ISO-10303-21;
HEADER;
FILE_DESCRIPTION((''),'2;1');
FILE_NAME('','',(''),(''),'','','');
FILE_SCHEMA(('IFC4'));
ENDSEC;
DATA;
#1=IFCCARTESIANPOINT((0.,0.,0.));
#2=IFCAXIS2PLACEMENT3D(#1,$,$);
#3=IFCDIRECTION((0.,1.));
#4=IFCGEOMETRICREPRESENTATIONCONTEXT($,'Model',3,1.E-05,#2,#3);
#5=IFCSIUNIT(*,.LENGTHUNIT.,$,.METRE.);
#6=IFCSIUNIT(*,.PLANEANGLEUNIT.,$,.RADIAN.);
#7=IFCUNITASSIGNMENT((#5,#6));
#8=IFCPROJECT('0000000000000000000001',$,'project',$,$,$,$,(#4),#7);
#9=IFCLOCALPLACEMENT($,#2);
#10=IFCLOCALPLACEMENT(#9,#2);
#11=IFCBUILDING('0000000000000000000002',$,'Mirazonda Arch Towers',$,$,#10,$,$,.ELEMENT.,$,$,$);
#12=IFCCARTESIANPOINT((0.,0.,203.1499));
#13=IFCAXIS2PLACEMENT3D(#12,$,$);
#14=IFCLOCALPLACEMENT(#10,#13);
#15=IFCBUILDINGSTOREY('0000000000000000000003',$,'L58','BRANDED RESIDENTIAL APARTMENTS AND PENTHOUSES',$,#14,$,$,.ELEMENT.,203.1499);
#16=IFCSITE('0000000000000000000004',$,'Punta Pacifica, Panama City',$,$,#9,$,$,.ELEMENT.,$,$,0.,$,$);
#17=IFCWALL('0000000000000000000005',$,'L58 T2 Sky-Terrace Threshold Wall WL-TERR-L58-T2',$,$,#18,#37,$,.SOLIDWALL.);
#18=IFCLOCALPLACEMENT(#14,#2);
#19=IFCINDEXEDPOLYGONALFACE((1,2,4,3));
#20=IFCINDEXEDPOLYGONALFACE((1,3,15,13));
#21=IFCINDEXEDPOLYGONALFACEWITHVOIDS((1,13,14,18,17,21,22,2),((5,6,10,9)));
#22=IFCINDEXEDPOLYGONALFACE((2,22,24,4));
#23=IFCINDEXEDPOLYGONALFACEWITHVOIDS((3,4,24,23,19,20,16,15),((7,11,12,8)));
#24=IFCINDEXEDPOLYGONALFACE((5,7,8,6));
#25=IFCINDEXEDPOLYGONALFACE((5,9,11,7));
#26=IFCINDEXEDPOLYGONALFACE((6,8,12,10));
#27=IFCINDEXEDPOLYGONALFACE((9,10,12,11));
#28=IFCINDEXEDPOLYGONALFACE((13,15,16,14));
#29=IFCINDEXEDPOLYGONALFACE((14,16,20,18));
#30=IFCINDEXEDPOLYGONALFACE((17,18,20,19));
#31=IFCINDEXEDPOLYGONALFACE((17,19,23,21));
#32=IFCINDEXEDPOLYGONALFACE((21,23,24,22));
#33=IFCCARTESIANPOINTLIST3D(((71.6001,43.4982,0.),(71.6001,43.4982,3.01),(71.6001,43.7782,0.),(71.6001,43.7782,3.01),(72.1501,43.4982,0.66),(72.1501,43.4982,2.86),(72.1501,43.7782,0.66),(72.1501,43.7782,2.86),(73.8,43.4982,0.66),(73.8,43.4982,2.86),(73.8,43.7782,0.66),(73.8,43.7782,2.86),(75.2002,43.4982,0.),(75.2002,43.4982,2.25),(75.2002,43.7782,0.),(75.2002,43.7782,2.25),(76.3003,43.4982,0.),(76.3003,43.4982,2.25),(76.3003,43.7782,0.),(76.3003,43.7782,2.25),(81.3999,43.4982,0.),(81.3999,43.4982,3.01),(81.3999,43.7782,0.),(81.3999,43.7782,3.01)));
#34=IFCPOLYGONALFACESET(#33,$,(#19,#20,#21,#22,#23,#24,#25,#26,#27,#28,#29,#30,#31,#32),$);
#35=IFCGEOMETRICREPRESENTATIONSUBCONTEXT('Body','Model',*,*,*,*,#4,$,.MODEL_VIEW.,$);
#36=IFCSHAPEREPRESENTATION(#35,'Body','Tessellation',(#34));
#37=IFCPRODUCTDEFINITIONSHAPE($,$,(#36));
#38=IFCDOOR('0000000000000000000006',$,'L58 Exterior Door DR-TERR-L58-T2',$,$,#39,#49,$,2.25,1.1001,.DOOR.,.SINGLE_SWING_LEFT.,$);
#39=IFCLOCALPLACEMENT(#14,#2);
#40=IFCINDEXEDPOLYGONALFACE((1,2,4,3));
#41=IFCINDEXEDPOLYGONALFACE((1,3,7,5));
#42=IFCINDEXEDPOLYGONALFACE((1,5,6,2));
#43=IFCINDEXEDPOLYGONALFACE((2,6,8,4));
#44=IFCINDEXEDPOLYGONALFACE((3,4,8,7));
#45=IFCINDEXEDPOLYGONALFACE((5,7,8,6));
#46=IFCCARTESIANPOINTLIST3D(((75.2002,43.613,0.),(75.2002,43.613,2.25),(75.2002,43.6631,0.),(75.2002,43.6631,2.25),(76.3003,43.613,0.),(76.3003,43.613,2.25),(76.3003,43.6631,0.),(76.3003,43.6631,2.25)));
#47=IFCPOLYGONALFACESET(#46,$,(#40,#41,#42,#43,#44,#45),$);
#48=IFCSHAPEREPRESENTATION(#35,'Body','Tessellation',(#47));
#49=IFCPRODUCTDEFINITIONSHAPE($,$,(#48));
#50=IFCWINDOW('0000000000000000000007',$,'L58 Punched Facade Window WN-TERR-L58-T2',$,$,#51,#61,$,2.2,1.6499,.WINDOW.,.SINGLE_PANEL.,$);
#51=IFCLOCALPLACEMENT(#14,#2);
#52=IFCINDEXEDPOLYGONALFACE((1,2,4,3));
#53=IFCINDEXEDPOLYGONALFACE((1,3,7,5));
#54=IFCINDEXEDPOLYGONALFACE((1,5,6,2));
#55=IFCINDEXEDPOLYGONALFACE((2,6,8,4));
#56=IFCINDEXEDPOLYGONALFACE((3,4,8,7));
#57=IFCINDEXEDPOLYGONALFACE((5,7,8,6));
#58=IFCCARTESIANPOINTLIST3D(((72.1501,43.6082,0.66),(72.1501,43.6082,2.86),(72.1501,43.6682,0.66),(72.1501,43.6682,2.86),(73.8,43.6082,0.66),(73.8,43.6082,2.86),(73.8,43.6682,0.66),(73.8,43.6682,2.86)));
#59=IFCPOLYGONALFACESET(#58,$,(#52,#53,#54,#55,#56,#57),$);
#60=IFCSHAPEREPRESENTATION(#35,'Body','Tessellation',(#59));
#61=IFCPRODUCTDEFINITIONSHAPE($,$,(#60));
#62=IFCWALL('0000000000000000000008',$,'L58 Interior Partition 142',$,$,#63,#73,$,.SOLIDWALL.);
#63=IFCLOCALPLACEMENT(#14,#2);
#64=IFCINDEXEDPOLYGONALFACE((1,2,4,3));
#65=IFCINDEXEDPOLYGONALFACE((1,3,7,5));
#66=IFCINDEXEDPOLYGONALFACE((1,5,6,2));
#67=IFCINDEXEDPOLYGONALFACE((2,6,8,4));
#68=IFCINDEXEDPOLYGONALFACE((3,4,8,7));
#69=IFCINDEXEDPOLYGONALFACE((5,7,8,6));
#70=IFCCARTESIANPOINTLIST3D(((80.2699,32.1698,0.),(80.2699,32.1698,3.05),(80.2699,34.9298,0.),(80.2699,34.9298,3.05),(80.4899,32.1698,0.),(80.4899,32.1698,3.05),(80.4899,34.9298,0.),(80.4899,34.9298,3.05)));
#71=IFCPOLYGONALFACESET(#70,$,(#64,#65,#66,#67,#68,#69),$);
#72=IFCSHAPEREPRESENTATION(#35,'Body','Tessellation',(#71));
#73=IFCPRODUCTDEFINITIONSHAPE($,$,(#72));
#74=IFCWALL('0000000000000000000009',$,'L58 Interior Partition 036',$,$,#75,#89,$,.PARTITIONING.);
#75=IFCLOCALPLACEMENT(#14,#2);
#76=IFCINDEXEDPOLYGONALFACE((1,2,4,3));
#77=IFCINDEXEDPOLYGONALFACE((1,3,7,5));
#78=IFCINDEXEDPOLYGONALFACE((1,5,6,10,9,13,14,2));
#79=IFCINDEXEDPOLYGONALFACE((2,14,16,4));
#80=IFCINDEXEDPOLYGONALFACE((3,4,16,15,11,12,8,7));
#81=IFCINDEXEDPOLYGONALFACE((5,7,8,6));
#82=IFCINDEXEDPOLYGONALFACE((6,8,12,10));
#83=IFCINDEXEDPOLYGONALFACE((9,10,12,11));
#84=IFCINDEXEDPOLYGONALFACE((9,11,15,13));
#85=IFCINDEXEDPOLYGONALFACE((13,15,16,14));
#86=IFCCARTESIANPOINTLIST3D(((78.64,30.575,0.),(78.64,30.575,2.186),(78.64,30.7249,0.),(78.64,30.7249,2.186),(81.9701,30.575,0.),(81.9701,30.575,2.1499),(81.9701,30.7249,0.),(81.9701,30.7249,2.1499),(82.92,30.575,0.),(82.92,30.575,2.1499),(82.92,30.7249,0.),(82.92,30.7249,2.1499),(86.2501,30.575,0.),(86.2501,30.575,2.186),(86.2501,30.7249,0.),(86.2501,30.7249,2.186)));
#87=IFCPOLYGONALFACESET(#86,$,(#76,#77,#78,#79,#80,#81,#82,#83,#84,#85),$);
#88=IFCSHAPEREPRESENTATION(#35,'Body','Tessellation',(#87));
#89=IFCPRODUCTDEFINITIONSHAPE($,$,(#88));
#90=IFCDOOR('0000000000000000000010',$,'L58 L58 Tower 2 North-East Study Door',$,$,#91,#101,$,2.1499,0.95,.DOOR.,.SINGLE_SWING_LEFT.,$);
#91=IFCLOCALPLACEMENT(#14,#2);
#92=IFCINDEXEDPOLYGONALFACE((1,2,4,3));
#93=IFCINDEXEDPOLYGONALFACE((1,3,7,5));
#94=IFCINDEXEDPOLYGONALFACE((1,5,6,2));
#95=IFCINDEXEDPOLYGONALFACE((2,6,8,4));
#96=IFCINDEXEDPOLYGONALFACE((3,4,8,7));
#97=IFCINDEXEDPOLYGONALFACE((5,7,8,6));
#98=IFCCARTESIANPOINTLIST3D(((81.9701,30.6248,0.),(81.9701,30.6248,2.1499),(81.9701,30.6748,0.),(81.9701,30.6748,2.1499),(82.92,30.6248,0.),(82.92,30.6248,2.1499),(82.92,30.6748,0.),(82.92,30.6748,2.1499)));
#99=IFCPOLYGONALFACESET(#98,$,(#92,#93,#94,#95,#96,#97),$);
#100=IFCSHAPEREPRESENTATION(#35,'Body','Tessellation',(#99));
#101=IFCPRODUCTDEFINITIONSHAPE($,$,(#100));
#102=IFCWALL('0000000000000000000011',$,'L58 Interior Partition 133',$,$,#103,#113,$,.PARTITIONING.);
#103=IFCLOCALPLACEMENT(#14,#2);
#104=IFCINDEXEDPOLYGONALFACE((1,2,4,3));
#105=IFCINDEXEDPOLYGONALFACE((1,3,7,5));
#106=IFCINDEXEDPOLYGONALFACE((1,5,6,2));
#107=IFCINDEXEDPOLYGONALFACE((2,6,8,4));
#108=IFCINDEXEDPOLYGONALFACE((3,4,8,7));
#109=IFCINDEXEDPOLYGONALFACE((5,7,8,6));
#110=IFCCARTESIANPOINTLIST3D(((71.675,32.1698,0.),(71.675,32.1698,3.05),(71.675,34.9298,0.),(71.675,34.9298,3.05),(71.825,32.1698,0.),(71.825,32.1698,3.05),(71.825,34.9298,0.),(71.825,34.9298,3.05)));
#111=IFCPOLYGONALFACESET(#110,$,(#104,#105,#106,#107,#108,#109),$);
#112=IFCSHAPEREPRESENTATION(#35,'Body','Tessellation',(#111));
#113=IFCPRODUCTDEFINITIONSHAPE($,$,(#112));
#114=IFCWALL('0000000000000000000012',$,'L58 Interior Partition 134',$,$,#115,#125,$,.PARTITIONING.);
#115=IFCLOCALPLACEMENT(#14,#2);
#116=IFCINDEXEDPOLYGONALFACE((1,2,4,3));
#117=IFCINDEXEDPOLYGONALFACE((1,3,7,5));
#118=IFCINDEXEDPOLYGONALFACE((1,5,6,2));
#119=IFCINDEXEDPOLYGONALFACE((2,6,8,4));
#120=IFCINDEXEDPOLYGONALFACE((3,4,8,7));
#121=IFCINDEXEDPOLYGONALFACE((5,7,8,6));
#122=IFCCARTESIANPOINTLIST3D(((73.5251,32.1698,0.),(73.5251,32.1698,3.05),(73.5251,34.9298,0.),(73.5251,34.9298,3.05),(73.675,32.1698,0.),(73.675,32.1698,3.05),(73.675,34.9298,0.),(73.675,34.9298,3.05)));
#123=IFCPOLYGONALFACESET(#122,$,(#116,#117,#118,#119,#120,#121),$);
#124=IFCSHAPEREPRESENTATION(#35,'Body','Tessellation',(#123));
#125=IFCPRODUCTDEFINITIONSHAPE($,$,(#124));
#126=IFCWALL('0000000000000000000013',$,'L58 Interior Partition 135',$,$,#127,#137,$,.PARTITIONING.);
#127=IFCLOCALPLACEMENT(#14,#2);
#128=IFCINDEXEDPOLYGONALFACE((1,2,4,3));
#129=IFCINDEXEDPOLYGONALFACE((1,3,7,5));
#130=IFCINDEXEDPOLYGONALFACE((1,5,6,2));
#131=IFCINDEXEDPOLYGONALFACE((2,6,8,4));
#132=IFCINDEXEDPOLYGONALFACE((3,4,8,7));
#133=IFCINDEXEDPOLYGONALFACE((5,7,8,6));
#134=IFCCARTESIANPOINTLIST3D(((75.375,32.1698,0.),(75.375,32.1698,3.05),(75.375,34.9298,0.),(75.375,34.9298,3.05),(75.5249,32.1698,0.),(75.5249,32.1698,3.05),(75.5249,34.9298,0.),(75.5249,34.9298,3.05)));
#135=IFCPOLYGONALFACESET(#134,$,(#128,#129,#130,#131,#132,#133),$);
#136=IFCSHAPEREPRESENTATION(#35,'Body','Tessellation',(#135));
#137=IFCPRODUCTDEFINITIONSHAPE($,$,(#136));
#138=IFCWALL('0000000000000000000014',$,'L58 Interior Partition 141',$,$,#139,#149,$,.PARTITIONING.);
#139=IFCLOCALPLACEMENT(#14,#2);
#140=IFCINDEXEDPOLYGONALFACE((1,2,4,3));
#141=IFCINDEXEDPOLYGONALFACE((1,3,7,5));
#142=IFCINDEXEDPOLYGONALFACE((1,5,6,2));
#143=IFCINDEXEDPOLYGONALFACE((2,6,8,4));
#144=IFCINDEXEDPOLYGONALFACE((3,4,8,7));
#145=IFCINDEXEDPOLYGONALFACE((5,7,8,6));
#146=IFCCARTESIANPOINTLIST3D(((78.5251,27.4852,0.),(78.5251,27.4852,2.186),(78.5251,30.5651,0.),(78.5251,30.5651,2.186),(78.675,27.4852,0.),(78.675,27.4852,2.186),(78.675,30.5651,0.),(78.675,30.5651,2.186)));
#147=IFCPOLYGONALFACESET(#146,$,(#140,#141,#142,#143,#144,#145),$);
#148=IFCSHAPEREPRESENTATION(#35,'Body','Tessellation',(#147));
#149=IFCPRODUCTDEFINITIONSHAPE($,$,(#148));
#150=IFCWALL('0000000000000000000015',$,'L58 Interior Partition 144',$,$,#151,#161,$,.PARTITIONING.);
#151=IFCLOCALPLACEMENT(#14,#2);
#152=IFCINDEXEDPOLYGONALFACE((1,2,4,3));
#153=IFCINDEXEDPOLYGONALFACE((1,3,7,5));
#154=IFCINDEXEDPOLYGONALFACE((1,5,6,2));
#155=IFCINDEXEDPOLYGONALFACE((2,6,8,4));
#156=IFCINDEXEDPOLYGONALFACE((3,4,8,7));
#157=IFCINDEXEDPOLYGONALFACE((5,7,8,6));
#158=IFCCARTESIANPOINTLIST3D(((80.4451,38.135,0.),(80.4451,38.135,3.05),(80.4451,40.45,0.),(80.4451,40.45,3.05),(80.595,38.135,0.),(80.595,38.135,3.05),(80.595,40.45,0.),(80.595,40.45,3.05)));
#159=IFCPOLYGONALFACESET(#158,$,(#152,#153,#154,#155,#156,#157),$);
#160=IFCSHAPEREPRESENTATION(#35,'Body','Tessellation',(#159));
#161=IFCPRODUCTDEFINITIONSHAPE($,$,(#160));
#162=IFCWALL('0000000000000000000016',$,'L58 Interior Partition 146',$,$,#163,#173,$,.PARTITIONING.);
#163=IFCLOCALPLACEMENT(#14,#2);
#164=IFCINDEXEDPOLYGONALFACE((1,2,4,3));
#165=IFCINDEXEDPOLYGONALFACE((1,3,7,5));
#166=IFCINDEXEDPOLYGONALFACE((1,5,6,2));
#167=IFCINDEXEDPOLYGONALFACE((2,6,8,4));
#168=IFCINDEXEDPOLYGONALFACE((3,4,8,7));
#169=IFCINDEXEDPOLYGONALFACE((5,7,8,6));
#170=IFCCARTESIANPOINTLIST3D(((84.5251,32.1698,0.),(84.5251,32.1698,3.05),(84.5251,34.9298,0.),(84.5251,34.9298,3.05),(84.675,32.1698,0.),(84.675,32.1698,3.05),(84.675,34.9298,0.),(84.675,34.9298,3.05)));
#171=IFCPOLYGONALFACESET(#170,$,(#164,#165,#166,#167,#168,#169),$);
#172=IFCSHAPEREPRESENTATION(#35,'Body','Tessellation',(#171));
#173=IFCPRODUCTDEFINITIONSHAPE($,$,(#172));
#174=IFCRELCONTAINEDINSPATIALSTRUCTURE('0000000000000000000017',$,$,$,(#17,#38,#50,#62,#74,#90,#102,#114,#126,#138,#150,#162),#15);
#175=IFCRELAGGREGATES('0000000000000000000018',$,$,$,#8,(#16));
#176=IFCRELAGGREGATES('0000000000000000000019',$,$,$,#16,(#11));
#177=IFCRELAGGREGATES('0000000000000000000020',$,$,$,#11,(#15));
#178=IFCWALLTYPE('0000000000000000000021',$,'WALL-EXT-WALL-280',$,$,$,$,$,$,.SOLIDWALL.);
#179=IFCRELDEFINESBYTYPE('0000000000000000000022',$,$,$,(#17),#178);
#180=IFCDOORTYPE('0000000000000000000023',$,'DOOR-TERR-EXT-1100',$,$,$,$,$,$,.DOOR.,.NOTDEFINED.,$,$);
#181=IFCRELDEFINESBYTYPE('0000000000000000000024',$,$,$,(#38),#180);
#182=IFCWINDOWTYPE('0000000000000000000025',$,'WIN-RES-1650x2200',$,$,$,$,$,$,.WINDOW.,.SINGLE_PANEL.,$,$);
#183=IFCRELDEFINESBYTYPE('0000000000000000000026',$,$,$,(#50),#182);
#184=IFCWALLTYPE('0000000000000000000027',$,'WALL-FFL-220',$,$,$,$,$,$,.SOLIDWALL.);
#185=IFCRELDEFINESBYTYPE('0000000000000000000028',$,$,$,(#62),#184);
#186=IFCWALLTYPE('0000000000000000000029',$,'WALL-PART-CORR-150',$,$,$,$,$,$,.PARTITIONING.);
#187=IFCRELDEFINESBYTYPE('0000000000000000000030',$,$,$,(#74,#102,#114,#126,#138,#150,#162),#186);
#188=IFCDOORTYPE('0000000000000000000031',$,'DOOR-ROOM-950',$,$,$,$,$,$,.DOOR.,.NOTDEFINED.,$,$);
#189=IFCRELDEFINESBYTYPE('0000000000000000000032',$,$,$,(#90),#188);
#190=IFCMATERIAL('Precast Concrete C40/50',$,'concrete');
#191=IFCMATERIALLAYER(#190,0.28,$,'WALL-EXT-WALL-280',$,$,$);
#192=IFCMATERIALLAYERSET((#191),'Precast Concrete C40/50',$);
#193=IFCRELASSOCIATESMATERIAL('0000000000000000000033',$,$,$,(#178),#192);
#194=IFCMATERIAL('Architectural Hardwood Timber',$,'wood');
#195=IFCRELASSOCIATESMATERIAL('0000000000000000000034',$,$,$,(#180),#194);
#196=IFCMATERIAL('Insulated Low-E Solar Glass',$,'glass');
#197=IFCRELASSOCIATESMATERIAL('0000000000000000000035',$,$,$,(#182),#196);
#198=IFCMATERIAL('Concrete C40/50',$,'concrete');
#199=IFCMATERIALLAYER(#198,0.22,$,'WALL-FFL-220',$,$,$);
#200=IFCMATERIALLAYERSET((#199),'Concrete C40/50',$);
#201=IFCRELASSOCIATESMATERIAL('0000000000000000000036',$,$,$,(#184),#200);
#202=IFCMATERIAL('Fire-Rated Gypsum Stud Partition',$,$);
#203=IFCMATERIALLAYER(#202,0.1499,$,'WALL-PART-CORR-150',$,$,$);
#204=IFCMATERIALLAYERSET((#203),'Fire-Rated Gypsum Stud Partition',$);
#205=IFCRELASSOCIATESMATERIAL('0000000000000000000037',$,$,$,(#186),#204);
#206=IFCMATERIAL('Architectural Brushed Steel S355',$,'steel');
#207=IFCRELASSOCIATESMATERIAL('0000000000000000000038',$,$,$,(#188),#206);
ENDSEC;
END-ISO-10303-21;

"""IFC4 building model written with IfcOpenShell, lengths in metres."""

from ifc_helpers import new_model, si_unit, direction, frame, frame_2d, origin, place, context, subcontext, project, spatial, rectangle, extrude, material, layer, layer_set, type_object, element, fill, save


model = new_model("IFC4")

# Units and contexts
model_context = context("Model", 3, precision=1e-05, world=origin(), true_north=direction((0.0, 1.0)))
body_context = subcontext(model_context, "Body", "Model", "MODEL_VIEW")
ifc_project = project(units=[si_unit("LENGTHUNIT", "METRE"), si_unit("PLANEANGLEUNIT", "RADIAN")], contexts=[model_context])

# Site, building, storey
site_placement = place(None, origin())
site = spatial("IfcSite", under=ifc_project, at=site_placement, Name="Punta Pacifica, Panama City", CompositionType="ELEMENT", RefElevation=0.0)
building_placement = place(site_placement, origin())
building = spatial("IfcBuilding", under=site, at=building_placement, Name="Mirazonda Arch Towers", CompositionType="ELEMENT")
storey_placement = place(building_placement, frame((0.0, 0.0, 203.1499)))
storey = spatial("IfcBuildingStorey", under=building, at=storey_placement, Name="L58", Description="BRANDED RESIDENTIAL APARTMENTS AND PENTHOUSES", CompositionType="ELEMENT", Elevation=203.1499)

# Wall, openings, door, window
ifc_material_1 = material(Name="Precast Concrete C40/50", Category="concrete")
ifc_layer_1 = layer(ifc_material_1, 0.28, Name="WALL-EXT-WALL-280")
ifc_layer_set_1 = layer_set([ifc_layer_1], Name="Precast Concrete C40/50")
wall_type_1 = type_object("IfcWallType", Name="WALL-EXT-WALL-280", PredefinedType="SOLIDWALL", material=ifc_layer_set_1)
wall_1_placement = place(storey_placement, frame((71.6001, 43.6382, 0.0), z_axis=(0.0, 0.0, 1.0), x_axis=(1.0, 0.0, 0.0)))
wall_1 = element("IfcWall", 1, at=wall_1_placement, inside=storey, type_object=wall_type_1, Name="L58 T2 Sky-Terrace Threshold Wall WL-TERR-L58-T2", PredefinedType="SOLIDWALL", context=body_context, shape_type="SweptSolid", body=[
    extrude(rectangle(XDim=9.7998, YDim=0.28, at=frame_2d((4.8999, 0.0))), origin(), (0.0, 0.0, 1.0), 3.01),
])
opening_1_placement = place(wall_1_placement, frame((0.55, 0.0, 0.6599)))
opening_1 = element("IfcOpeningElement", 2, at=opening_1_placement, cuts=wall_1, PredefinedType="OPENING", context=body_context, shape_type="SweptSolid", body=[
    extrude(rectangle(XDim=1.6499, YDim=2.2, at=frame_2d((0.825, 1.1001))), frame((0.0, 0.1499, 0.0), z_axis=(0.0, -1.0, 0.0), x_axis=(1.0, 0.0, 0.0)), (0.0, 0.0, 1.0), 0.3),
])
opening_2_placement = place(wall_1_placement, frame((3.6001, 0.0, 0.0)))
opening_2 = element("IfcOpeningElement", 3, at=opening_2_placement, cuts=wall_1, PredefinedType="OPENING", context=body_context, shape_type="SweptSolid", body=[
    extrude(rectangle(XDim=1.1001, YDim=2.25, at=frame_2d((0.55, 1.125))), frame((0.0, 0.1499, 0.0), z_axis=(0.0, -1.0, 0.0), x_axis=(1.0, 0.0, 0.0)), (0.0, 0.0, 1.0), 0.3),
])
ifc_material_2 = material(Name="Architectural Hardwood Timber", Category="wood")
door_type_1 = type_object("IfcDoorType", Name="DOOR-TERR-EXT-1100", OperationType="NOTDEFINED", PredefinedType="DOOR", material=ifc_material_2)
door_1_placement = place(opening_2_placement, origin())
door_1 = element("IfcDoor", 4, at=door_1_placement, inside=storey, type_object=door_type_1, Name="L58 Exterior Door DR-TERR-L58-T2", OperationType="SINGLE_SWING_LEFT", OverallHeight=2.25, OverallWidth=1.1001, PredefinedType="DOOR", context=body_context, shape_type="SweptSolid", body=[
    extrude(rectangle(XDim=1.1001, YDim=2.25, at=frame_2d((0.55, 1.125))), frame((0.0, 0.0249, 0.0), z_axis=(0.0, -1.0, 0.0), x_axis=(1.0, 0.0, 0.0)), (0.0, 0.0, 1.0), 0.05),
])
fill(opening_2, door_1)
ifc_material_3 = material(Name="Insulated Low-E Solar Glass", Category="glass")
window_type = type_object("IfcWindowType", Name="WIN-RES-1650x2200", PartitioningType="SINGLE_PANEL", PredefinedType="WINDOW", material=ifc_material_3)
window_placement = place(opening_1_placement, origin())
window = element("IfcWindow", 5, at=window_placement, inside=storey, type_object=window_type, Name="L58 Punched Facade Window WN-TERR-L58-T2", OverallHeight=2.2, OverallWidth=1.6499, PartitioningType="SINGLE_PANEL", PredefinedType="WINDOW", context=body_context, shape_type="SweptSolid", body=[
    extrude(rectangle(XDim=1.6499, YDim=2.2, at=frame_2d((0.825, 1.1001))), frame((0.0, 0.03, 0.0), z_axis=(0.0, -1.0, 0.0), x_axis=(1.0, 0.0, 0.0)), (0.0, 0.0, 1.0), 0.0601),
])
fill(opening_1, window)

# Wall
ifc_material_4 = material(Name="Concrete C40/50", Category="concrete")
ifc_layer_2 = layer(ifc_material_4, 0.22, Name="WALL-FFL-220")
ifc_layer_set_2 = layer_set([ifc_layer_2], Name="Concrete C40/50")
wall_type_2 = type_object("IfcWallType", Name="WALL-FFL-220", PredefinedType="SOLIDWALL", material=ifc_layer_set_2)
wall_2_placement = place(storey_placement, frame((80.3799, 32.1699, 0.0), z_axis=(0.0, 0.0, 1.0), x_axis=(0.0, 1.0, 0.0)))
element("IfcWall", 6, at=wall_2_placement, inside=storey, type_object=wall_type_2, Name="L58 Interior Partition 142", PredefinedType="SOLIDWALL", context=body_context, shape_type="SweptSolid", body=[
    extrude(rectangle(XDim=2.76, YDim=0.22, at=frame_2d((1.3799, 0.0))), origin(), (0.0, 0.0, 1.0), 3.05),
])

# Wall, opening, door
ifc_material_5 = material(Name="Fire-Rated Gypsum Stud Partition")
ifc_layer_3 = layer(ifc_material_5, 0.1499, Name="WALL-PART-CORR-150")
ifc_layer_set_3 = layer_set([ifc_layer_3], Name="Fire-Rated Gypsum Stud Partition")
wall_type_3 = type_object("IfcWallType", Name="WALL-PART-CORR-150", PredefinedType="PARTITIONING", material=ifc_layer_set_3)
wall_3_placement = place(storey_placement, frame((78.6399, 30.6499, 0.0), z_axis=(0.0, 0.0, 1.0), x_axis=(1.0, 0.0, 0.0)))
wall_3 = element("IfcWall", 7, at=wall_3_placement, inside=storey, type_object=wall_type_3, Name="L58 Interior Partition 036", PredefinedType="PARTITIONING", context=body_context, shape_type="SweptSolid", body=[
    extrude(rectangle(XDim=7.6101, YDim=0.1499, at=frame_2d((3.8052, 0.0))), origin(), (0.0, 0.0, 1.0), 2.186),
])
opening_3_placement = place(wall_3_placement, frame((3.3301, 0.0, 0.0)))
opening_3 = element("IfcOpeningElement", 8, at=opening_3_placement, cuts=wall_3, PredefinedType="OPENING", context=body_context, shape_type="SweptSolid", body=[
    extrude(rectangle(XDim=0.95, YDim=2.1499, at=frame_2d((0.4751, 1.075))), frame((0.0, 0.085, 0.0), z_axis=(0.0, -1.0, 0.0), x_axis=(1.0, 0.0, 0.0)), (0.0, 0.0, 1.0), 0.1699),
])
ifc_material_6 = material(Name="Architectural Brushed Steel S355", Category="steel")
door_type_2 = type_object("IfcDoorType", Name="DOOR-ROOM-950", OperationType="NOTDEFINED", PredefinedType="DOOR", material=ifc_material_6)
door_2_placement = place(opening_3_placement, origin())
door_2 = element("IfcDoor", 9, at=door_2_placement, inside=storey, type_object=door_type_2, Name="L58 L58 Tower 2 North-East Study Door", OperationType="SINGLE_SWING_LEFT", OverallHeight=2.1499, OverallWidth=0.95, PredefinedType="DOOR", context=body_context, shape_type="SweptSolid", body=[
    extrude(rectangle(XDim=0.95, YDim=2.1499, at=frame_2d((0.4751, 1.075))), frame((0.0, 0.0249, 0.0), z_axis=(0.0, -1.0, 0.0), x_axis=(1.0, 0.0, 0.0)), (0.0, 0.0, 1.0), 0.05),
])
fill(opening_3, door_2)

# Walls
for number, where, z_axis, x_axis, name in (
    (10, (71.75, 32.1699, 0.0), (0.0, 0.0, 1.0), (0.0, 1.0, 0.0), "L58 Interior Partition 133"),
    (11, (73.6001, 32.1699, 0.0), (0.0, 0.0, 1.0), (0.0, 1.0, 0.0), "L58 Interior Partition 134"),
    (12, (75.45, 32.1699, 0.0), (0.0, 0.0, 1.0), (0.0, 1.0, 0.0), "L58 Interior Partition 135"),
):
    element("IfcWall", number, at=place(storey_placement, frame(where, z_axis=z_axis, x_axis=x_axis)), inside=storey, type_object=wall_type_3, Name=name, PredefinedType="PARTITIONING", context=body_context, shape_type="SweptSolid", body=[
        extrude(rectangle(XDim=2.76, YDim=0.1499, at=frame_2d((1.3799, 0.0))), origin(), (0.0, 0.0, 1.0), 3.05),
    ])
wall_4_placement = place(storey_placement, frame((78.6001, 27.4851, 0.0), z_axis=(0.0, 0.0, 1.0), x_axis=(0.0, 1.0, 0.0)))
element("IfcWall", 13, at=wall_4_placement, inside=storey, type_object=wall_type_3, Name="L58 Interior Partition 141", PredefinedType="PARTITIONING", context=body_context, shape_type="SweptSolid", body=[
    extrude(rectangle(XDim=3.0798, YDim=0.1499, at=frame_2d((1.54, 0.0))), origin(), (0.0, 0.0, 1.0), 2.186),
])
wall_5_placement = place(storey_placement, frame((80.52, 38.135, 0.0), z_axis=(0.0, 0.0, 1.0), x_axis=(0.0, 1.0, 0.0)))
element("IfcWall", 14, at=wall_5_placement, inside=storey, type_object=wall_type_3, Name="L58 Interior Partition 144", PredefinedType="PARTITIONING", context=body_context, shape_type="SweptSolid", body=[
    extrude(rectangle(XDim=2.3149, YDim=0.1499, at=frame_2d((1.1575, 0.0))), origin(), (0.0, 0.0, 1.0), 3.05),
])
wall_6_placement = place(storey_placement, frame((84.6001, 32.1699, 0.0), z_axis=(0.0, 0.0, 1.0), x_axis=(0.0, 1.0, 0.0)))
element("IfcWall", 15, at=wall_6_placement, inside=storey, type_object=wall_type_3, Name="L58 Interior Partition 146", PredefinedType="PARTITIONING", context=body_context, shape_type="SweptSolid", body=[
    extrude(rectangle(XDim=2.76, YDim=0.1499, at=frame_2d((1.3799, 0.0))), origin(), (0.0, 0.0, 1.0), 3.05),
])

save(model, "model.ifc")
